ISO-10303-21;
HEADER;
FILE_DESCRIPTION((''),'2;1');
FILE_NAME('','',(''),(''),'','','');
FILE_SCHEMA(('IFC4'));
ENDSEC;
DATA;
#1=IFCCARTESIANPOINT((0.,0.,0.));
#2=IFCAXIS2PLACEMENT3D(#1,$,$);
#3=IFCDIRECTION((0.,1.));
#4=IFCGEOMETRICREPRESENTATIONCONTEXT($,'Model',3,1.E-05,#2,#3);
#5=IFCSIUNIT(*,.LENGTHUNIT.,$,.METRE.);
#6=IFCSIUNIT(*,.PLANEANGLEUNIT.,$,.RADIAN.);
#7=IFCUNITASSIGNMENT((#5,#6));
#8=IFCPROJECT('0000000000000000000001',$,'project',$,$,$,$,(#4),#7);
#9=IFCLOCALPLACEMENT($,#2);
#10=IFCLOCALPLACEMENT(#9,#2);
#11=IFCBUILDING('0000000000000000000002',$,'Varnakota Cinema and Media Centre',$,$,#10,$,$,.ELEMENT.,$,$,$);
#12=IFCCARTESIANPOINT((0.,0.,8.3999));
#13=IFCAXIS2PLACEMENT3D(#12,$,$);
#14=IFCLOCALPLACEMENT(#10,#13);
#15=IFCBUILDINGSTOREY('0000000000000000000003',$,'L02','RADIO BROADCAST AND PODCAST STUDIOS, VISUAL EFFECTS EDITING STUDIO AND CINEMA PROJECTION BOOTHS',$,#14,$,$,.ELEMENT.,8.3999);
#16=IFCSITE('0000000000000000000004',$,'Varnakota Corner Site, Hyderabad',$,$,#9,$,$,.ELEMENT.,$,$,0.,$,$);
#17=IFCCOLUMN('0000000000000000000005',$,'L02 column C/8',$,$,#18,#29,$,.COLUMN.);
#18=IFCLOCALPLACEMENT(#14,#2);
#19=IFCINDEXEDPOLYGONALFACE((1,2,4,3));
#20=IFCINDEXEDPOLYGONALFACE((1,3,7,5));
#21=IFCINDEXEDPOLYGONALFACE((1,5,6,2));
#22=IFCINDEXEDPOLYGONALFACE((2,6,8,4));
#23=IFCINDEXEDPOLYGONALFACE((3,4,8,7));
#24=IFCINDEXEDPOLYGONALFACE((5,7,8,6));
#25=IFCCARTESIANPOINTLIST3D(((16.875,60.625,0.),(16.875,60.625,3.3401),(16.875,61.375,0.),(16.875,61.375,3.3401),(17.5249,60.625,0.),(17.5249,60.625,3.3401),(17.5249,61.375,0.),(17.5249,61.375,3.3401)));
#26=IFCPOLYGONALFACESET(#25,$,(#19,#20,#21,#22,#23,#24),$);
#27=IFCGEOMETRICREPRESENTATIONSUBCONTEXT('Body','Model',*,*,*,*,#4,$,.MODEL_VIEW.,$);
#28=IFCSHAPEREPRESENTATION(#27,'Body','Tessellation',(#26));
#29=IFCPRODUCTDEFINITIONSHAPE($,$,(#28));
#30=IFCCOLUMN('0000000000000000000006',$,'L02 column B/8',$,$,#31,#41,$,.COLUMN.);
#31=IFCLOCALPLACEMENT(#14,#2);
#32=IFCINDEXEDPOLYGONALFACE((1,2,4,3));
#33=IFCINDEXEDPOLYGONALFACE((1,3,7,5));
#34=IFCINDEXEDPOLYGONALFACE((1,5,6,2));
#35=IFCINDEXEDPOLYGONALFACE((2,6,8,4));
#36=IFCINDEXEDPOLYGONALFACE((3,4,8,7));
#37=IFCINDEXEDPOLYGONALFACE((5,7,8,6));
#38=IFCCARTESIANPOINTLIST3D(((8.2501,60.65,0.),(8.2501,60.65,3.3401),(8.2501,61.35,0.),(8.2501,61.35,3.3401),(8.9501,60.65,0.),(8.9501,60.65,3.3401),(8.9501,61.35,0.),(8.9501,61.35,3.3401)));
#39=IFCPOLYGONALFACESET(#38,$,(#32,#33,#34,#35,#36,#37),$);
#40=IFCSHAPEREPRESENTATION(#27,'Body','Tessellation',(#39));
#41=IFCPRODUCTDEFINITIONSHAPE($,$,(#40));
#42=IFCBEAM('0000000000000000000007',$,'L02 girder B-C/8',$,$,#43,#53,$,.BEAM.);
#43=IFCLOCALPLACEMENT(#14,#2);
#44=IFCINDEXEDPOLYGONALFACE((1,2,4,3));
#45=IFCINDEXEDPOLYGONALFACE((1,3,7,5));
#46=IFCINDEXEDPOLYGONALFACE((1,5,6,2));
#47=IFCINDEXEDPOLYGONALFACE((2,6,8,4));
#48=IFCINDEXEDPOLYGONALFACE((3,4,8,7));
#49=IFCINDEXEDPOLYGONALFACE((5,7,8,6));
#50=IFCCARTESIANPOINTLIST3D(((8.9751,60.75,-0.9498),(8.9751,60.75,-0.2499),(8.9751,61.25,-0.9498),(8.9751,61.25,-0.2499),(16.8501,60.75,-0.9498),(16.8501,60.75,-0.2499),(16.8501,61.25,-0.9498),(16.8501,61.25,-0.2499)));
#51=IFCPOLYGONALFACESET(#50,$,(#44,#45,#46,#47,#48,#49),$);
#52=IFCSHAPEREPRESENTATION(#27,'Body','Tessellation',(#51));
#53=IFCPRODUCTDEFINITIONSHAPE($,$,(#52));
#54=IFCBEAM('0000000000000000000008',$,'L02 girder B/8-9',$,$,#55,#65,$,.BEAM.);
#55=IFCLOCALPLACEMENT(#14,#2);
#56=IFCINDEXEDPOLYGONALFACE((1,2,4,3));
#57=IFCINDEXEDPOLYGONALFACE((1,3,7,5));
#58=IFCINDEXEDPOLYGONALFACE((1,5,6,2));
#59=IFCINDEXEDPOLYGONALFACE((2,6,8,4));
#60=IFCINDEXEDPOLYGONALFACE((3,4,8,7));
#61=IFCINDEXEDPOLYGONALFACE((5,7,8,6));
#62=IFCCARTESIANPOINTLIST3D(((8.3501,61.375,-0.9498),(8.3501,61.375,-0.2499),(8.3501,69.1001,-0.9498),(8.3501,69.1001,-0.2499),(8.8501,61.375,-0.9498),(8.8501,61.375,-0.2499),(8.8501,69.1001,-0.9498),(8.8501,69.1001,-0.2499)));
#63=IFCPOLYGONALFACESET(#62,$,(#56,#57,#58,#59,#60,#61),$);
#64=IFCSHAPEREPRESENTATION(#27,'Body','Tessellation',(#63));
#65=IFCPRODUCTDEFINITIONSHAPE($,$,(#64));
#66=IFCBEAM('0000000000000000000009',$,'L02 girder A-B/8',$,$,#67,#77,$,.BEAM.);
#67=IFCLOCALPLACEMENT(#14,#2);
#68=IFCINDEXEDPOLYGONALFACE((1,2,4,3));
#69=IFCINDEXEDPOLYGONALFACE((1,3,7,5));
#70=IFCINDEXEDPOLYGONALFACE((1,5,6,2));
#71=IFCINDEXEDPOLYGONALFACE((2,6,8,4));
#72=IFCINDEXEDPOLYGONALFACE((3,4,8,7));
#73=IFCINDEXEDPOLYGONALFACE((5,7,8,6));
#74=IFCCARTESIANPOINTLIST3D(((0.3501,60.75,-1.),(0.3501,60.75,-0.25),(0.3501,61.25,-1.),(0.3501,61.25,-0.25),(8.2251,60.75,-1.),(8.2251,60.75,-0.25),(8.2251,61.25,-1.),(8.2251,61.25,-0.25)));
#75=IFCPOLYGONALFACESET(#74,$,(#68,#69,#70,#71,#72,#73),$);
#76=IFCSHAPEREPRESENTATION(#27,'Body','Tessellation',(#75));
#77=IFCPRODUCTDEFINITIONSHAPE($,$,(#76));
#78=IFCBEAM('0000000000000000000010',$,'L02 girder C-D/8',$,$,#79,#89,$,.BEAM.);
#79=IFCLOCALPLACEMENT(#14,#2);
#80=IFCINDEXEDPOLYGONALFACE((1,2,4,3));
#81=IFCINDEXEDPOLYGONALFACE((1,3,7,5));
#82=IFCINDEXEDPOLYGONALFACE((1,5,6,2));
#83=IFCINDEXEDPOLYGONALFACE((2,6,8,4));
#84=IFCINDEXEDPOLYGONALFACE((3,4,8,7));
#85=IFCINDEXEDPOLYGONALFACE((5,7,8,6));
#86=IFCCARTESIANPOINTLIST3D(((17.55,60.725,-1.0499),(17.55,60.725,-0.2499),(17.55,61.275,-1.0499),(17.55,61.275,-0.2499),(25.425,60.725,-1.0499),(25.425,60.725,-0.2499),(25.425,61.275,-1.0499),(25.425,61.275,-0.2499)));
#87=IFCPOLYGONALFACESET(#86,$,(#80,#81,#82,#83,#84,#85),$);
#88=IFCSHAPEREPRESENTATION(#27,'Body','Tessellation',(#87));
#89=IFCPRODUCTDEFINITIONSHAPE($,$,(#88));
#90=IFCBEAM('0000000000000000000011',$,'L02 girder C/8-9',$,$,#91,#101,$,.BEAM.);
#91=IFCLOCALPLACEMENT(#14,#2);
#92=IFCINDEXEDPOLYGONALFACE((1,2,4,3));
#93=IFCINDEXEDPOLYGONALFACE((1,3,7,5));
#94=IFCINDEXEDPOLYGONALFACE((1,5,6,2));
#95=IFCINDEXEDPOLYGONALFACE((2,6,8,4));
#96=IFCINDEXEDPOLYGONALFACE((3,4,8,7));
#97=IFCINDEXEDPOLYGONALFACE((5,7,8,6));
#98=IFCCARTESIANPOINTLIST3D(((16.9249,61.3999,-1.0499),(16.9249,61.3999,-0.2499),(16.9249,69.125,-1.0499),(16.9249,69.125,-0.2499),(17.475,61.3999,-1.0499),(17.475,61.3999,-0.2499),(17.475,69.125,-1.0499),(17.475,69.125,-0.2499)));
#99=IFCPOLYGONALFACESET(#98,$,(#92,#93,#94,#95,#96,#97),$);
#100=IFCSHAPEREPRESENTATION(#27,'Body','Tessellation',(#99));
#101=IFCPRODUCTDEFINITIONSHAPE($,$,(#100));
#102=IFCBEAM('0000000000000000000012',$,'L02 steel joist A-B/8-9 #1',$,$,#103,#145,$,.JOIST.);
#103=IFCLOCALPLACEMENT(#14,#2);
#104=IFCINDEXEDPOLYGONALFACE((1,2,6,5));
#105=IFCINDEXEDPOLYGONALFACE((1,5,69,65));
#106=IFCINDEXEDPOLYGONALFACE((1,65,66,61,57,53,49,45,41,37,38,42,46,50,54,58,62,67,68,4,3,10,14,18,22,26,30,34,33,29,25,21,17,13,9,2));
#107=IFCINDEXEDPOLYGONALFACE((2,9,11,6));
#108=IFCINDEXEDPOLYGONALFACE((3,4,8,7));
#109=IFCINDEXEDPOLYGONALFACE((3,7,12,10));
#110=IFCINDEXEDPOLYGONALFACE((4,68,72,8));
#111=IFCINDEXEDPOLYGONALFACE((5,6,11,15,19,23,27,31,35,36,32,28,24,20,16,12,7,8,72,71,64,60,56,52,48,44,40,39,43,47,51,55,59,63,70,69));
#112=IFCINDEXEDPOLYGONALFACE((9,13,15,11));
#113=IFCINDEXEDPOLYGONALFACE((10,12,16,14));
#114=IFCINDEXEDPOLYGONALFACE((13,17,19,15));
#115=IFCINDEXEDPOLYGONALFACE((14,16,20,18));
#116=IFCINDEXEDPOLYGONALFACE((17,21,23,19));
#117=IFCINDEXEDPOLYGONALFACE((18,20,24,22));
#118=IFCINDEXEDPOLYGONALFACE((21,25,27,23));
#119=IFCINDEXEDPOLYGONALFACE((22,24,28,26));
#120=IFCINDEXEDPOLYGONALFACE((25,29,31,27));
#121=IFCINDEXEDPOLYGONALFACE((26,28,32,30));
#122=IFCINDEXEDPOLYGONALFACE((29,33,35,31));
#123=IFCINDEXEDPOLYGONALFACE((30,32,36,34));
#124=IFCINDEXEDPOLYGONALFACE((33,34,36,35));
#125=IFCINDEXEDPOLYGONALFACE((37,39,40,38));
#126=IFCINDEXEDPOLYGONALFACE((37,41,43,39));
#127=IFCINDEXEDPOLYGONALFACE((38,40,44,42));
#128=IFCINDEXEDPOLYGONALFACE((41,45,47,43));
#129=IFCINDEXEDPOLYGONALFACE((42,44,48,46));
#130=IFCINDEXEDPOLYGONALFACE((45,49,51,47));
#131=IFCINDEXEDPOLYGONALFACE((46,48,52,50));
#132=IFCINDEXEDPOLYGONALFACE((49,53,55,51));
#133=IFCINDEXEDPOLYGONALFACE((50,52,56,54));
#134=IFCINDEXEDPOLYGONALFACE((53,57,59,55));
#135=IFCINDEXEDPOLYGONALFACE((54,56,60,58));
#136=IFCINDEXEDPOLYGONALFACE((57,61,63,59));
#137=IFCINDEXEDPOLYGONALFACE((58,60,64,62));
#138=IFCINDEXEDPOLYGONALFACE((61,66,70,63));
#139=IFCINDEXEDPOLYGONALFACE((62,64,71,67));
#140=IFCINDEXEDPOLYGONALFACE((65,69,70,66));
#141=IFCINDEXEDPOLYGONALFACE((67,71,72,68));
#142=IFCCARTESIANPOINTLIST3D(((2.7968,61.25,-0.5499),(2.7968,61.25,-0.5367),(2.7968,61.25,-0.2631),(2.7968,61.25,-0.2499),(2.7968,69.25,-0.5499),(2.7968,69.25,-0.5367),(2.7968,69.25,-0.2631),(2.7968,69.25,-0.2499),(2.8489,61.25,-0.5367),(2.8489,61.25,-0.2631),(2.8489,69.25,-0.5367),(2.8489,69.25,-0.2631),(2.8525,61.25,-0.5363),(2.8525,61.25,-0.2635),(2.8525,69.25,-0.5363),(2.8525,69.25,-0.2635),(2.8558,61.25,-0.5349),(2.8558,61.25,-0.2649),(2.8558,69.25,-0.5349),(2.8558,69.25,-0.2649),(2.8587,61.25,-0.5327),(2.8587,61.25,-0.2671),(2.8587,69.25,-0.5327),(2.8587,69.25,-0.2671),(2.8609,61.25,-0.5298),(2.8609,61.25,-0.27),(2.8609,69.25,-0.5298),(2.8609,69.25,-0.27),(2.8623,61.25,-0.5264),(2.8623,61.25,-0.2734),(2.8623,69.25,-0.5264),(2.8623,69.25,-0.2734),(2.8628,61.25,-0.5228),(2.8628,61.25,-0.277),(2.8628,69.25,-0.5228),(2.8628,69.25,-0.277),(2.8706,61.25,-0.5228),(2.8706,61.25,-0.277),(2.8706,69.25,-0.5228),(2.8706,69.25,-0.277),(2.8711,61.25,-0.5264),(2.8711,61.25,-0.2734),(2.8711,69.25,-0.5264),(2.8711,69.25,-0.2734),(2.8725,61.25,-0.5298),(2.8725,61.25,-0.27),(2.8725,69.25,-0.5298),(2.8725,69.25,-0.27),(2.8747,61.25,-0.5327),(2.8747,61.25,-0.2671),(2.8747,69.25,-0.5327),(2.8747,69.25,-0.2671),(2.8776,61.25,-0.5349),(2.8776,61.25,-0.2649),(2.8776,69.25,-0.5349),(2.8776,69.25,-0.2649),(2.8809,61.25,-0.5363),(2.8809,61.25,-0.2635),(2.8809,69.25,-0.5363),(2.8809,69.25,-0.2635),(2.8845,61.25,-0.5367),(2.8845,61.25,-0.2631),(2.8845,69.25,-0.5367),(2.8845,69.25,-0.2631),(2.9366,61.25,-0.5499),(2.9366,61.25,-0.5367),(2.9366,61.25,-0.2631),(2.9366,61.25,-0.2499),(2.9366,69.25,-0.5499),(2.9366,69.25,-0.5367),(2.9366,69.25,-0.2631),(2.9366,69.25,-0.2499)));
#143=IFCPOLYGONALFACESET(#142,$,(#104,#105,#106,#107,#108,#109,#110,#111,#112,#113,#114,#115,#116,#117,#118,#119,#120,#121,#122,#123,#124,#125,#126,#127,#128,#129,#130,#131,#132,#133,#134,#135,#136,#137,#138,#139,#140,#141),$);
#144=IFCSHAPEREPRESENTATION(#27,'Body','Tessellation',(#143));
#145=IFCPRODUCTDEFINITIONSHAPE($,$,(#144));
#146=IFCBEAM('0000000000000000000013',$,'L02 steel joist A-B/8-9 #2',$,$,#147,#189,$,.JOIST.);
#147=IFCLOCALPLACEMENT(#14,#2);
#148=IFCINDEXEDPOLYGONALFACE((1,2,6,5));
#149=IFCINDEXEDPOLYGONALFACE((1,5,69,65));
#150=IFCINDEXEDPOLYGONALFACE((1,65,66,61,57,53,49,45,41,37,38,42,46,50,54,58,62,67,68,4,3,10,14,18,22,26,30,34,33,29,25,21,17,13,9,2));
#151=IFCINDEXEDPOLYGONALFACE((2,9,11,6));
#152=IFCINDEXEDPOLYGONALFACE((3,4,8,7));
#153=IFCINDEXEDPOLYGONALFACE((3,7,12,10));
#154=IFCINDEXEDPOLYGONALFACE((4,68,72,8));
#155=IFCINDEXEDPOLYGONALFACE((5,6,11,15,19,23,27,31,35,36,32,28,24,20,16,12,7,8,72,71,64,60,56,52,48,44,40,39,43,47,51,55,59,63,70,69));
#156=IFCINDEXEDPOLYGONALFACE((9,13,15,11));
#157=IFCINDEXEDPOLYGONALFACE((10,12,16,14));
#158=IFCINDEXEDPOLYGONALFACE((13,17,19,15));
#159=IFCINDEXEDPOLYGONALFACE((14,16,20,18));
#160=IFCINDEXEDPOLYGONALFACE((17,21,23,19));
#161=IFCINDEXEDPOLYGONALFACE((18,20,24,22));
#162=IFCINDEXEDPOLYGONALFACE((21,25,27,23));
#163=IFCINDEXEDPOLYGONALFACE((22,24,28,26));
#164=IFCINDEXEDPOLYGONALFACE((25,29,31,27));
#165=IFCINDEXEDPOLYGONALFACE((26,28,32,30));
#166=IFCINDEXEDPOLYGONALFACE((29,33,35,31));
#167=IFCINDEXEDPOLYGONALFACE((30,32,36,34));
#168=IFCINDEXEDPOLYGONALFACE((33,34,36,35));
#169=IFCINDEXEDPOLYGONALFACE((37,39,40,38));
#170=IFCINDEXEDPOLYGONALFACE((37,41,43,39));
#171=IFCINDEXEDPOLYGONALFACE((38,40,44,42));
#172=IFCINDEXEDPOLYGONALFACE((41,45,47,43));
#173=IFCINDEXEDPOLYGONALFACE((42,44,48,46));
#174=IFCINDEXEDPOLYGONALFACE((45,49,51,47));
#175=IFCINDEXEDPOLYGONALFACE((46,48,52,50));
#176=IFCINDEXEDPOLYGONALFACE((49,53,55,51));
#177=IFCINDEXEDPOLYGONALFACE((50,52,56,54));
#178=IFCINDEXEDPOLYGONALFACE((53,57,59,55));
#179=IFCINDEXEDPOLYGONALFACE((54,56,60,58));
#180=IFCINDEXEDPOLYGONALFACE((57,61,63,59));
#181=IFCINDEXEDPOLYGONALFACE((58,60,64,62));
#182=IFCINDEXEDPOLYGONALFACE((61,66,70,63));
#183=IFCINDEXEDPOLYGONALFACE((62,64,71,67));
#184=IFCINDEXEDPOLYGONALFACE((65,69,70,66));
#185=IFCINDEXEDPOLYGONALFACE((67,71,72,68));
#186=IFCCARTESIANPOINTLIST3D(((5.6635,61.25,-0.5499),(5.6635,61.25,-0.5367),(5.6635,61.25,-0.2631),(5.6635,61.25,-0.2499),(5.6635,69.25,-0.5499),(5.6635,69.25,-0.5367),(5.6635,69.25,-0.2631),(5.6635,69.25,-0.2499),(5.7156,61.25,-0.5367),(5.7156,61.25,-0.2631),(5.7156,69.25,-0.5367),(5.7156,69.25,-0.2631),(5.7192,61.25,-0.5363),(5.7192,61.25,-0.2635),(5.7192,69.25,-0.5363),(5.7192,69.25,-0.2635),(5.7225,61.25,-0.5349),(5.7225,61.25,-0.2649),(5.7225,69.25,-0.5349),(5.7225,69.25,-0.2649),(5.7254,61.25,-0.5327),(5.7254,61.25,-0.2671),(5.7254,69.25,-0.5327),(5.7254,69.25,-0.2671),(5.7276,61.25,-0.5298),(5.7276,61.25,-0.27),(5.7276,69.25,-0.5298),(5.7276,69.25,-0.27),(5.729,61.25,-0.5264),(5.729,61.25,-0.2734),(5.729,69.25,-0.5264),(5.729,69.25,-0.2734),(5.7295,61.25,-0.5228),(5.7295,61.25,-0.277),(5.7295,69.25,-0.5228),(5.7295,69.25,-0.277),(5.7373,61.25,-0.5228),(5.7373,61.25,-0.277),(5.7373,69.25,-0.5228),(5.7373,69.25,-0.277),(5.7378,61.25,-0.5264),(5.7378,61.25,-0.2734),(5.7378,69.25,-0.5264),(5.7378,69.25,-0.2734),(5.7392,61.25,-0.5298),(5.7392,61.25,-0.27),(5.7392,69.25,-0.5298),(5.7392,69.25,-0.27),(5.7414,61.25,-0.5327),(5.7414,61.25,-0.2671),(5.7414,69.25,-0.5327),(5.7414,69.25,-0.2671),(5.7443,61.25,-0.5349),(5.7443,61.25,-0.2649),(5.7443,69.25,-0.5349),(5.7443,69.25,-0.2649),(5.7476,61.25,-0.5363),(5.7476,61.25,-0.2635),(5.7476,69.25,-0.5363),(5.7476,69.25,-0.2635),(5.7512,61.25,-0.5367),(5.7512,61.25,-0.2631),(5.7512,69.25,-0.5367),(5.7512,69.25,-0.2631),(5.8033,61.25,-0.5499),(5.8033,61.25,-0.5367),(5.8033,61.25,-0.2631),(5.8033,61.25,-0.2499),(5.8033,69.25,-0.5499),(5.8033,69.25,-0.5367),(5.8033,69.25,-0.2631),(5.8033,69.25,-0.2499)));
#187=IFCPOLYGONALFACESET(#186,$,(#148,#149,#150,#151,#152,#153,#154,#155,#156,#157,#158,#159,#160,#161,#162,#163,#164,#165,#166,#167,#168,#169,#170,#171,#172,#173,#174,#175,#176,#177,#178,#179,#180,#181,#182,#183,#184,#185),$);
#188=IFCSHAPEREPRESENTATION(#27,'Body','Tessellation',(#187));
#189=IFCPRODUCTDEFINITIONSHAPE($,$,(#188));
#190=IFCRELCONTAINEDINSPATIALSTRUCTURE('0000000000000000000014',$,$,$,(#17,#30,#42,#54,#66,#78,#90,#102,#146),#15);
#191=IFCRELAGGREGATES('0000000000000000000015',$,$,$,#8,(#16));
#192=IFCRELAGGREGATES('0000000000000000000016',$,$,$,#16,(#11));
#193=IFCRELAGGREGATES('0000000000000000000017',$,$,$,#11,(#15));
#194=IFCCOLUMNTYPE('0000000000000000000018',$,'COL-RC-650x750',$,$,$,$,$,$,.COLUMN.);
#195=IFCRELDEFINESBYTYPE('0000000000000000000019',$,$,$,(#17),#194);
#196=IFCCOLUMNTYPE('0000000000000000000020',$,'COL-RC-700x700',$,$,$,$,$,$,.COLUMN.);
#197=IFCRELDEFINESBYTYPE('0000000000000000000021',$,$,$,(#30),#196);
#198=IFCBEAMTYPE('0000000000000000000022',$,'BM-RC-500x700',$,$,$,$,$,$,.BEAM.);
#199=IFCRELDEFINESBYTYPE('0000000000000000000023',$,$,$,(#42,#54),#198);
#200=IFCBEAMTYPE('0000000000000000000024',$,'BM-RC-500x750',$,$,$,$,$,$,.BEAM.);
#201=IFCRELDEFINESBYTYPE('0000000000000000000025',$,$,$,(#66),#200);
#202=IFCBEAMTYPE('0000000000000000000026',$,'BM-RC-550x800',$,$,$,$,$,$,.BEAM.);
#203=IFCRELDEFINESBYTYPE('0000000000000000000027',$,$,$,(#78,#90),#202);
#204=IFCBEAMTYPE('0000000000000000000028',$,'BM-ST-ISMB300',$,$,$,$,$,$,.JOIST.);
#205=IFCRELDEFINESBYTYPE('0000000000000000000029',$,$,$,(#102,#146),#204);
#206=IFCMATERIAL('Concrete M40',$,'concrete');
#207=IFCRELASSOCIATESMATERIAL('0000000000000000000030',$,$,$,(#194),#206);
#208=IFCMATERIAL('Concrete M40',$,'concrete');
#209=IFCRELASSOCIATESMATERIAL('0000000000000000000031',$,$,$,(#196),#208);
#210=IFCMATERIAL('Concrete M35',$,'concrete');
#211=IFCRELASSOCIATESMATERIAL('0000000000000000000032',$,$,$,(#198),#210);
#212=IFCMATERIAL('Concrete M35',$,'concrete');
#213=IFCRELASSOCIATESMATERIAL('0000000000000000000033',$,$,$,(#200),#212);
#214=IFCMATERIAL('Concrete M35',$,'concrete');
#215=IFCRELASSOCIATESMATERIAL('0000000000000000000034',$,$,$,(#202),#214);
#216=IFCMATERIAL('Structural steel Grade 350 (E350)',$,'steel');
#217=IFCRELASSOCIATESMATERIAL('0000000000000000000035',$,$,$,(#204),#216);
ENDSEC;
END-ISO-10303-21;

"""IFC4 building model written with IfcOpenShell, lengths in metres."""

from ifc_helpers import new_model, si_unit, direction, frame, origin, origin_2d, place, context, subcontext, project, spatial, rectangle, i_section, extrude, material, material_profile, profile_set, type_object, element, save


model = new_model("IFC4")

# Units and contexts
model_context = context("Model", 3, precision=1e-05, world=origin(), true_north=direction((0.0, 1.0)))
body_context = subcontext(model_context, "Body", "Model", "MODEL_VIEW")
ifc_project = project(units=[si_unit("LENGTHUNIT", "METRE"), si_unit("PLANEANGLEUNIT", "RADIAN")], contexts=[model_context])

# Site, building, storey
site_placement = place(None, origin())
site = spatial("IfcSite", under=ifc_project, at=site_placement, Name="Varnakota Corner Site, Hyderabad", CompositionType="ELEMENT", RefElevation=0.0)
building_placement = place(site_placement, origin())
building = spatial("IfcBuilding", under=site, at=building_placement, Name="Varnakota Cinema and Media Centre", CompositionType="ELEMENT")
storey_placement = place(building_placement, frame((0.0, 0.0, 8.3999)))
storey = spatial("IfcBuildingStorey", under=building, at=storey_placement, Name="L02", Description="RADIO BROADCAST AND PODCAST STUDIOS, VISUAL EFFECTS EDITING STUDIO AND CINEMA PROJECTION BOOTHS", CompositionType="ELEMENT", Elevation=8.3999)

# Columns
ifc_material_1 = material(Name="Concrete M40", Category="concrete")
ifc_material_profile_1 = material_profile(ifc_material_1, rectangle(XDim=0.6499, YDim=0.75, at=origin_2d()), Name="RC 650x750")
ifc_profile_set_1 = profile_set([ifc_material_profile_1], Name="Concrete M40")
column_type_1 = type_object("IfcColumnType", Name="COL-RC-650x750", PredefinedType="COLUMN", material=ifc_profile_set_1)
column_1_placement = place(storey_placement, frame((17.2, 61.0, 0.0), z_axis=(0.0, 0.0, 1.0), x_axis=(1.0, 0.0, 0.0)))
element("IfcColumn", 1, at=column_1_placement, inside=storey, type_object=column_type_1, Name="L02 column C/8", PredefinedType="COLUMN", context=body_context, shape_type="SweptSolid", body=[
    extrude(rectangle(XDim=0.6499, YDim=0.75, at=origin_2d()), origin(), (0.0, 0.0, 1.0), 3.3401),
])
ifc_material_2 = material(Name="Concrete M40", Category="concrete")
ifc_material_profile_2 = material_profile(ifc_material_2, rectangle(XDim=0.7, YDim=0.7, at=origin_2d()), Name="RC 700x700")
ifc_profile_set_2 = profile_set([ifc_material_profile_2], Name="Concrete M40")
column_type_2 = type_object("IfcColumnType", Name="COL-RC-700x700", PredefinedType="COLUMN", material=ifc_profile_set_2)
column_2_placement = place(storey_placement, frame((8.6001, 61.0, 0.0), z_axis=(0.0, 0.0, 1.0), x_axis=(1.0, 0.0, 0.0)))
element("IfcColumn", 2, at=column_2_placement, inside=storey, type_object=column_type_2, Name="L02 column B/8", PredefinedType="COLUMN", context=body_context, shape_type="SweptSolid", body=[
    extrude(rectangle(XDim=0.7, YDim=0.7, at=origin_2d()), origin(), (0.0, 0.0, 1.0), 3.3401),
])

# Beams
ifc_material_3 = material(Name="Concrete M35", Category="concrete")
ifc_material_profile_3 = material_profile(ifc_material_3, rectangle(XDim=0.5, YDim=0.7, at=origin_2d()), Name="RCB 500x700")
ifc_profile_set_3 = profile_set([ifc_material_profile_3], Name="Concrete M35")
beam_type_1 = type_object("IfcBeamType", Name="BM-RC-500x700", PredefinedType="BEAM", material=ifc_profile_set_3)
beam_1_placement = place(storey_placement, frame((8.9751, 61.0, -0.5999), z_axis=(1.0, 0.0, 0.0), x_axis=(0.0, 1.0, 0.0)))
element("IfcBeam", 3, at=beam_1_placement, inside=storey, type_object=beam_type_1, Name="L02 girder B-C/8", PredefinedType="BEAM", context=body_context, shape_type="SweptSolid", body=[
    extrude(rectangle(XDim=0.5, YDim=0.7, at=origin_2d()), origin(), (0.0, 0.0, 1.0), 7.875),
])
beam_2_placement = place(storey_placement, frame((8.6001, 61.375, -0.5999), z_axis=(0.0, 1.0, 0.0), x_axis=(-1.0, 0.0, 0.0)))
element("IfcBeam", 4, at=beam_2_placement, inside=storey, type_object=beam_type_1, Name="L02 girder B/8-9", PredefinedType="BEAM", context=body_context, shape_type="SweptSolid", body=[
    extrude(rectangle(XDim=0.5, YDim=0.7, at=origin_2d()), origin(), (0.0, 0.0, 1.0), 7.7251),
])
ifc_material_4 = material(Name="Concrete M35", Category="concrete")
ifc_material_profile_4 = material_profile(ifc_material_4, rectangle(XDim=0.5, YDim=0.75, at=origin_2d()), Name="RCB 500x750")
ifc_profile_set_4 = profile_set([ifc_material_profile_4], Name="Concrete M35")
beam_type_2 = type_object("IfcBeamType", Name="BM-RC-500x750", PredefinedType="BEAM", material=ifc_profile_set_4)
beam_3_placement = place(storey_placement, frame((0.3501, 61.0, -0.625), z_axis=(1.0, 0.0, 0.0), x_axis=(0.0, 1.0, 0.0)))
element("IfcBeam", 5, at=beam_3_placement, inside=storey, type_object=beam_type_2, Name="L02 girder A-B/8", PredefinedType="BEAM", context=body_context, shape_type="SweptSolid", body=[
    extrude(rectangle(XDim=0.5, YDim=0.75, at=origin_2d()), origin(), (0.0, 0.0, 1.0), 7.875),
])
ifc_material_5 = material(Name="Concrete M35", Category="concrete")
ifc_material_profile_5 = material_profile(ifc_material_5, rectangle(XDim=0.55, YDim=0.8, at=origin_2d()), Name="RCB 550x800")
ifc_profile_set_5 = profile_set([ifc_material_profile_5], Name="Concrete M35")
beam_type_3 = type_object("IfcBeamType", Name="BM-RC-550x800", PredefinedType="BEAM", material=ifc_profile_set_5)
beam_4_placement = place(storey_placement, frame((17.55, 61.0, -0.6499), z_axis=(1.0, 0.0, 0.0), x_axis=(0.0, 1.0, 0.0)))
element("IfcBeam", 6, at=beam_4_placement, inside=storey, type_object=beam_type_3, Name="L02 girder C-D/8", PredefinedType="BEAM", context=body_context, shape_type="SweptSolid", body=[
    extrude(rectangle(XDim=0.55, YDim=0.8, at=origin_2d()), origin(), (0.0, 0.0, 1.0), 7.875),
])
beam_5_placement = place(storey_placement, frame((17.2, 61.3999, -0.6499), z_axis=(0.0, 1.0, 0.0), x_axis=(-1.0, 0.0, 0.0)))
element("IfcBeam", 7, at=beam_5_placement, inside=storey, type_object=beam_type_3, Name="L02 girder C/8-9", PredefinedType="BEAM", context=body_context, shape_type="SweptSolid", body=[
    extrude(rectangle(XDim=0.55, YDim=0.8, at=origin_2d()), origin(), (0.0, 0.0, 1.0), 7.7251),
])
ifc_material_6 = material(Name="Structural steel Grade 350 (E350)", Category="steel")
ifc_material_profile_6 = material_profile(ifc_material_6, i_section(OverallWidth=0.1399, OverallDepth=0.3, WebThickness=0.0078, FlangeThickness=0.0132, FilletRadius=0.0139, at=origin_2d()), Name="ISMB 300")
ifc_profile_set_6 = profile_set([ifc_material_profile_6], Name="Structural steel Grade 350 (E350)")
beam_type_4 = type_object("IfcBeamType", Name="BM-ST-ISMB300", PredefinedType="JOIST", material=ifc_profile_set_6)
for number, where, z_axis, x_axis, name in (
    (8, (2.8667, 61.25, -0.3999), (0.0, 1.0, 0.0), (-1.0, 0.0, 0.0), "L02 steel joist A-B/8-9 #1"),
    (9, (5.7334, 61.25, -0.3999), (0.0, 1.0, 0.0), (-1.0, 0.0, 0.0), "L02 steel joist A-B/8-9 #2"),
):
    element("IfcBeam", number, at=place(storey_placement, frame(where, z_axis=z_axis, x_axis=x_axis)), inside=storey, type_object=beam_type_4, Name=name, PredefinedType="JOIST", context=body_context, shape_type="SweptSolid", body=[
        extrude(i_section(OverallWidth=0.1399, OverallDepth=0.3, WebThickness=0.0078, FlangeThickness=0.0132, FilletRadius=0.0139, at=origin_2d()), origin(), (0.0, 0.0, 1.0), 8.0),
    ])

save(model, "model.ifc")
